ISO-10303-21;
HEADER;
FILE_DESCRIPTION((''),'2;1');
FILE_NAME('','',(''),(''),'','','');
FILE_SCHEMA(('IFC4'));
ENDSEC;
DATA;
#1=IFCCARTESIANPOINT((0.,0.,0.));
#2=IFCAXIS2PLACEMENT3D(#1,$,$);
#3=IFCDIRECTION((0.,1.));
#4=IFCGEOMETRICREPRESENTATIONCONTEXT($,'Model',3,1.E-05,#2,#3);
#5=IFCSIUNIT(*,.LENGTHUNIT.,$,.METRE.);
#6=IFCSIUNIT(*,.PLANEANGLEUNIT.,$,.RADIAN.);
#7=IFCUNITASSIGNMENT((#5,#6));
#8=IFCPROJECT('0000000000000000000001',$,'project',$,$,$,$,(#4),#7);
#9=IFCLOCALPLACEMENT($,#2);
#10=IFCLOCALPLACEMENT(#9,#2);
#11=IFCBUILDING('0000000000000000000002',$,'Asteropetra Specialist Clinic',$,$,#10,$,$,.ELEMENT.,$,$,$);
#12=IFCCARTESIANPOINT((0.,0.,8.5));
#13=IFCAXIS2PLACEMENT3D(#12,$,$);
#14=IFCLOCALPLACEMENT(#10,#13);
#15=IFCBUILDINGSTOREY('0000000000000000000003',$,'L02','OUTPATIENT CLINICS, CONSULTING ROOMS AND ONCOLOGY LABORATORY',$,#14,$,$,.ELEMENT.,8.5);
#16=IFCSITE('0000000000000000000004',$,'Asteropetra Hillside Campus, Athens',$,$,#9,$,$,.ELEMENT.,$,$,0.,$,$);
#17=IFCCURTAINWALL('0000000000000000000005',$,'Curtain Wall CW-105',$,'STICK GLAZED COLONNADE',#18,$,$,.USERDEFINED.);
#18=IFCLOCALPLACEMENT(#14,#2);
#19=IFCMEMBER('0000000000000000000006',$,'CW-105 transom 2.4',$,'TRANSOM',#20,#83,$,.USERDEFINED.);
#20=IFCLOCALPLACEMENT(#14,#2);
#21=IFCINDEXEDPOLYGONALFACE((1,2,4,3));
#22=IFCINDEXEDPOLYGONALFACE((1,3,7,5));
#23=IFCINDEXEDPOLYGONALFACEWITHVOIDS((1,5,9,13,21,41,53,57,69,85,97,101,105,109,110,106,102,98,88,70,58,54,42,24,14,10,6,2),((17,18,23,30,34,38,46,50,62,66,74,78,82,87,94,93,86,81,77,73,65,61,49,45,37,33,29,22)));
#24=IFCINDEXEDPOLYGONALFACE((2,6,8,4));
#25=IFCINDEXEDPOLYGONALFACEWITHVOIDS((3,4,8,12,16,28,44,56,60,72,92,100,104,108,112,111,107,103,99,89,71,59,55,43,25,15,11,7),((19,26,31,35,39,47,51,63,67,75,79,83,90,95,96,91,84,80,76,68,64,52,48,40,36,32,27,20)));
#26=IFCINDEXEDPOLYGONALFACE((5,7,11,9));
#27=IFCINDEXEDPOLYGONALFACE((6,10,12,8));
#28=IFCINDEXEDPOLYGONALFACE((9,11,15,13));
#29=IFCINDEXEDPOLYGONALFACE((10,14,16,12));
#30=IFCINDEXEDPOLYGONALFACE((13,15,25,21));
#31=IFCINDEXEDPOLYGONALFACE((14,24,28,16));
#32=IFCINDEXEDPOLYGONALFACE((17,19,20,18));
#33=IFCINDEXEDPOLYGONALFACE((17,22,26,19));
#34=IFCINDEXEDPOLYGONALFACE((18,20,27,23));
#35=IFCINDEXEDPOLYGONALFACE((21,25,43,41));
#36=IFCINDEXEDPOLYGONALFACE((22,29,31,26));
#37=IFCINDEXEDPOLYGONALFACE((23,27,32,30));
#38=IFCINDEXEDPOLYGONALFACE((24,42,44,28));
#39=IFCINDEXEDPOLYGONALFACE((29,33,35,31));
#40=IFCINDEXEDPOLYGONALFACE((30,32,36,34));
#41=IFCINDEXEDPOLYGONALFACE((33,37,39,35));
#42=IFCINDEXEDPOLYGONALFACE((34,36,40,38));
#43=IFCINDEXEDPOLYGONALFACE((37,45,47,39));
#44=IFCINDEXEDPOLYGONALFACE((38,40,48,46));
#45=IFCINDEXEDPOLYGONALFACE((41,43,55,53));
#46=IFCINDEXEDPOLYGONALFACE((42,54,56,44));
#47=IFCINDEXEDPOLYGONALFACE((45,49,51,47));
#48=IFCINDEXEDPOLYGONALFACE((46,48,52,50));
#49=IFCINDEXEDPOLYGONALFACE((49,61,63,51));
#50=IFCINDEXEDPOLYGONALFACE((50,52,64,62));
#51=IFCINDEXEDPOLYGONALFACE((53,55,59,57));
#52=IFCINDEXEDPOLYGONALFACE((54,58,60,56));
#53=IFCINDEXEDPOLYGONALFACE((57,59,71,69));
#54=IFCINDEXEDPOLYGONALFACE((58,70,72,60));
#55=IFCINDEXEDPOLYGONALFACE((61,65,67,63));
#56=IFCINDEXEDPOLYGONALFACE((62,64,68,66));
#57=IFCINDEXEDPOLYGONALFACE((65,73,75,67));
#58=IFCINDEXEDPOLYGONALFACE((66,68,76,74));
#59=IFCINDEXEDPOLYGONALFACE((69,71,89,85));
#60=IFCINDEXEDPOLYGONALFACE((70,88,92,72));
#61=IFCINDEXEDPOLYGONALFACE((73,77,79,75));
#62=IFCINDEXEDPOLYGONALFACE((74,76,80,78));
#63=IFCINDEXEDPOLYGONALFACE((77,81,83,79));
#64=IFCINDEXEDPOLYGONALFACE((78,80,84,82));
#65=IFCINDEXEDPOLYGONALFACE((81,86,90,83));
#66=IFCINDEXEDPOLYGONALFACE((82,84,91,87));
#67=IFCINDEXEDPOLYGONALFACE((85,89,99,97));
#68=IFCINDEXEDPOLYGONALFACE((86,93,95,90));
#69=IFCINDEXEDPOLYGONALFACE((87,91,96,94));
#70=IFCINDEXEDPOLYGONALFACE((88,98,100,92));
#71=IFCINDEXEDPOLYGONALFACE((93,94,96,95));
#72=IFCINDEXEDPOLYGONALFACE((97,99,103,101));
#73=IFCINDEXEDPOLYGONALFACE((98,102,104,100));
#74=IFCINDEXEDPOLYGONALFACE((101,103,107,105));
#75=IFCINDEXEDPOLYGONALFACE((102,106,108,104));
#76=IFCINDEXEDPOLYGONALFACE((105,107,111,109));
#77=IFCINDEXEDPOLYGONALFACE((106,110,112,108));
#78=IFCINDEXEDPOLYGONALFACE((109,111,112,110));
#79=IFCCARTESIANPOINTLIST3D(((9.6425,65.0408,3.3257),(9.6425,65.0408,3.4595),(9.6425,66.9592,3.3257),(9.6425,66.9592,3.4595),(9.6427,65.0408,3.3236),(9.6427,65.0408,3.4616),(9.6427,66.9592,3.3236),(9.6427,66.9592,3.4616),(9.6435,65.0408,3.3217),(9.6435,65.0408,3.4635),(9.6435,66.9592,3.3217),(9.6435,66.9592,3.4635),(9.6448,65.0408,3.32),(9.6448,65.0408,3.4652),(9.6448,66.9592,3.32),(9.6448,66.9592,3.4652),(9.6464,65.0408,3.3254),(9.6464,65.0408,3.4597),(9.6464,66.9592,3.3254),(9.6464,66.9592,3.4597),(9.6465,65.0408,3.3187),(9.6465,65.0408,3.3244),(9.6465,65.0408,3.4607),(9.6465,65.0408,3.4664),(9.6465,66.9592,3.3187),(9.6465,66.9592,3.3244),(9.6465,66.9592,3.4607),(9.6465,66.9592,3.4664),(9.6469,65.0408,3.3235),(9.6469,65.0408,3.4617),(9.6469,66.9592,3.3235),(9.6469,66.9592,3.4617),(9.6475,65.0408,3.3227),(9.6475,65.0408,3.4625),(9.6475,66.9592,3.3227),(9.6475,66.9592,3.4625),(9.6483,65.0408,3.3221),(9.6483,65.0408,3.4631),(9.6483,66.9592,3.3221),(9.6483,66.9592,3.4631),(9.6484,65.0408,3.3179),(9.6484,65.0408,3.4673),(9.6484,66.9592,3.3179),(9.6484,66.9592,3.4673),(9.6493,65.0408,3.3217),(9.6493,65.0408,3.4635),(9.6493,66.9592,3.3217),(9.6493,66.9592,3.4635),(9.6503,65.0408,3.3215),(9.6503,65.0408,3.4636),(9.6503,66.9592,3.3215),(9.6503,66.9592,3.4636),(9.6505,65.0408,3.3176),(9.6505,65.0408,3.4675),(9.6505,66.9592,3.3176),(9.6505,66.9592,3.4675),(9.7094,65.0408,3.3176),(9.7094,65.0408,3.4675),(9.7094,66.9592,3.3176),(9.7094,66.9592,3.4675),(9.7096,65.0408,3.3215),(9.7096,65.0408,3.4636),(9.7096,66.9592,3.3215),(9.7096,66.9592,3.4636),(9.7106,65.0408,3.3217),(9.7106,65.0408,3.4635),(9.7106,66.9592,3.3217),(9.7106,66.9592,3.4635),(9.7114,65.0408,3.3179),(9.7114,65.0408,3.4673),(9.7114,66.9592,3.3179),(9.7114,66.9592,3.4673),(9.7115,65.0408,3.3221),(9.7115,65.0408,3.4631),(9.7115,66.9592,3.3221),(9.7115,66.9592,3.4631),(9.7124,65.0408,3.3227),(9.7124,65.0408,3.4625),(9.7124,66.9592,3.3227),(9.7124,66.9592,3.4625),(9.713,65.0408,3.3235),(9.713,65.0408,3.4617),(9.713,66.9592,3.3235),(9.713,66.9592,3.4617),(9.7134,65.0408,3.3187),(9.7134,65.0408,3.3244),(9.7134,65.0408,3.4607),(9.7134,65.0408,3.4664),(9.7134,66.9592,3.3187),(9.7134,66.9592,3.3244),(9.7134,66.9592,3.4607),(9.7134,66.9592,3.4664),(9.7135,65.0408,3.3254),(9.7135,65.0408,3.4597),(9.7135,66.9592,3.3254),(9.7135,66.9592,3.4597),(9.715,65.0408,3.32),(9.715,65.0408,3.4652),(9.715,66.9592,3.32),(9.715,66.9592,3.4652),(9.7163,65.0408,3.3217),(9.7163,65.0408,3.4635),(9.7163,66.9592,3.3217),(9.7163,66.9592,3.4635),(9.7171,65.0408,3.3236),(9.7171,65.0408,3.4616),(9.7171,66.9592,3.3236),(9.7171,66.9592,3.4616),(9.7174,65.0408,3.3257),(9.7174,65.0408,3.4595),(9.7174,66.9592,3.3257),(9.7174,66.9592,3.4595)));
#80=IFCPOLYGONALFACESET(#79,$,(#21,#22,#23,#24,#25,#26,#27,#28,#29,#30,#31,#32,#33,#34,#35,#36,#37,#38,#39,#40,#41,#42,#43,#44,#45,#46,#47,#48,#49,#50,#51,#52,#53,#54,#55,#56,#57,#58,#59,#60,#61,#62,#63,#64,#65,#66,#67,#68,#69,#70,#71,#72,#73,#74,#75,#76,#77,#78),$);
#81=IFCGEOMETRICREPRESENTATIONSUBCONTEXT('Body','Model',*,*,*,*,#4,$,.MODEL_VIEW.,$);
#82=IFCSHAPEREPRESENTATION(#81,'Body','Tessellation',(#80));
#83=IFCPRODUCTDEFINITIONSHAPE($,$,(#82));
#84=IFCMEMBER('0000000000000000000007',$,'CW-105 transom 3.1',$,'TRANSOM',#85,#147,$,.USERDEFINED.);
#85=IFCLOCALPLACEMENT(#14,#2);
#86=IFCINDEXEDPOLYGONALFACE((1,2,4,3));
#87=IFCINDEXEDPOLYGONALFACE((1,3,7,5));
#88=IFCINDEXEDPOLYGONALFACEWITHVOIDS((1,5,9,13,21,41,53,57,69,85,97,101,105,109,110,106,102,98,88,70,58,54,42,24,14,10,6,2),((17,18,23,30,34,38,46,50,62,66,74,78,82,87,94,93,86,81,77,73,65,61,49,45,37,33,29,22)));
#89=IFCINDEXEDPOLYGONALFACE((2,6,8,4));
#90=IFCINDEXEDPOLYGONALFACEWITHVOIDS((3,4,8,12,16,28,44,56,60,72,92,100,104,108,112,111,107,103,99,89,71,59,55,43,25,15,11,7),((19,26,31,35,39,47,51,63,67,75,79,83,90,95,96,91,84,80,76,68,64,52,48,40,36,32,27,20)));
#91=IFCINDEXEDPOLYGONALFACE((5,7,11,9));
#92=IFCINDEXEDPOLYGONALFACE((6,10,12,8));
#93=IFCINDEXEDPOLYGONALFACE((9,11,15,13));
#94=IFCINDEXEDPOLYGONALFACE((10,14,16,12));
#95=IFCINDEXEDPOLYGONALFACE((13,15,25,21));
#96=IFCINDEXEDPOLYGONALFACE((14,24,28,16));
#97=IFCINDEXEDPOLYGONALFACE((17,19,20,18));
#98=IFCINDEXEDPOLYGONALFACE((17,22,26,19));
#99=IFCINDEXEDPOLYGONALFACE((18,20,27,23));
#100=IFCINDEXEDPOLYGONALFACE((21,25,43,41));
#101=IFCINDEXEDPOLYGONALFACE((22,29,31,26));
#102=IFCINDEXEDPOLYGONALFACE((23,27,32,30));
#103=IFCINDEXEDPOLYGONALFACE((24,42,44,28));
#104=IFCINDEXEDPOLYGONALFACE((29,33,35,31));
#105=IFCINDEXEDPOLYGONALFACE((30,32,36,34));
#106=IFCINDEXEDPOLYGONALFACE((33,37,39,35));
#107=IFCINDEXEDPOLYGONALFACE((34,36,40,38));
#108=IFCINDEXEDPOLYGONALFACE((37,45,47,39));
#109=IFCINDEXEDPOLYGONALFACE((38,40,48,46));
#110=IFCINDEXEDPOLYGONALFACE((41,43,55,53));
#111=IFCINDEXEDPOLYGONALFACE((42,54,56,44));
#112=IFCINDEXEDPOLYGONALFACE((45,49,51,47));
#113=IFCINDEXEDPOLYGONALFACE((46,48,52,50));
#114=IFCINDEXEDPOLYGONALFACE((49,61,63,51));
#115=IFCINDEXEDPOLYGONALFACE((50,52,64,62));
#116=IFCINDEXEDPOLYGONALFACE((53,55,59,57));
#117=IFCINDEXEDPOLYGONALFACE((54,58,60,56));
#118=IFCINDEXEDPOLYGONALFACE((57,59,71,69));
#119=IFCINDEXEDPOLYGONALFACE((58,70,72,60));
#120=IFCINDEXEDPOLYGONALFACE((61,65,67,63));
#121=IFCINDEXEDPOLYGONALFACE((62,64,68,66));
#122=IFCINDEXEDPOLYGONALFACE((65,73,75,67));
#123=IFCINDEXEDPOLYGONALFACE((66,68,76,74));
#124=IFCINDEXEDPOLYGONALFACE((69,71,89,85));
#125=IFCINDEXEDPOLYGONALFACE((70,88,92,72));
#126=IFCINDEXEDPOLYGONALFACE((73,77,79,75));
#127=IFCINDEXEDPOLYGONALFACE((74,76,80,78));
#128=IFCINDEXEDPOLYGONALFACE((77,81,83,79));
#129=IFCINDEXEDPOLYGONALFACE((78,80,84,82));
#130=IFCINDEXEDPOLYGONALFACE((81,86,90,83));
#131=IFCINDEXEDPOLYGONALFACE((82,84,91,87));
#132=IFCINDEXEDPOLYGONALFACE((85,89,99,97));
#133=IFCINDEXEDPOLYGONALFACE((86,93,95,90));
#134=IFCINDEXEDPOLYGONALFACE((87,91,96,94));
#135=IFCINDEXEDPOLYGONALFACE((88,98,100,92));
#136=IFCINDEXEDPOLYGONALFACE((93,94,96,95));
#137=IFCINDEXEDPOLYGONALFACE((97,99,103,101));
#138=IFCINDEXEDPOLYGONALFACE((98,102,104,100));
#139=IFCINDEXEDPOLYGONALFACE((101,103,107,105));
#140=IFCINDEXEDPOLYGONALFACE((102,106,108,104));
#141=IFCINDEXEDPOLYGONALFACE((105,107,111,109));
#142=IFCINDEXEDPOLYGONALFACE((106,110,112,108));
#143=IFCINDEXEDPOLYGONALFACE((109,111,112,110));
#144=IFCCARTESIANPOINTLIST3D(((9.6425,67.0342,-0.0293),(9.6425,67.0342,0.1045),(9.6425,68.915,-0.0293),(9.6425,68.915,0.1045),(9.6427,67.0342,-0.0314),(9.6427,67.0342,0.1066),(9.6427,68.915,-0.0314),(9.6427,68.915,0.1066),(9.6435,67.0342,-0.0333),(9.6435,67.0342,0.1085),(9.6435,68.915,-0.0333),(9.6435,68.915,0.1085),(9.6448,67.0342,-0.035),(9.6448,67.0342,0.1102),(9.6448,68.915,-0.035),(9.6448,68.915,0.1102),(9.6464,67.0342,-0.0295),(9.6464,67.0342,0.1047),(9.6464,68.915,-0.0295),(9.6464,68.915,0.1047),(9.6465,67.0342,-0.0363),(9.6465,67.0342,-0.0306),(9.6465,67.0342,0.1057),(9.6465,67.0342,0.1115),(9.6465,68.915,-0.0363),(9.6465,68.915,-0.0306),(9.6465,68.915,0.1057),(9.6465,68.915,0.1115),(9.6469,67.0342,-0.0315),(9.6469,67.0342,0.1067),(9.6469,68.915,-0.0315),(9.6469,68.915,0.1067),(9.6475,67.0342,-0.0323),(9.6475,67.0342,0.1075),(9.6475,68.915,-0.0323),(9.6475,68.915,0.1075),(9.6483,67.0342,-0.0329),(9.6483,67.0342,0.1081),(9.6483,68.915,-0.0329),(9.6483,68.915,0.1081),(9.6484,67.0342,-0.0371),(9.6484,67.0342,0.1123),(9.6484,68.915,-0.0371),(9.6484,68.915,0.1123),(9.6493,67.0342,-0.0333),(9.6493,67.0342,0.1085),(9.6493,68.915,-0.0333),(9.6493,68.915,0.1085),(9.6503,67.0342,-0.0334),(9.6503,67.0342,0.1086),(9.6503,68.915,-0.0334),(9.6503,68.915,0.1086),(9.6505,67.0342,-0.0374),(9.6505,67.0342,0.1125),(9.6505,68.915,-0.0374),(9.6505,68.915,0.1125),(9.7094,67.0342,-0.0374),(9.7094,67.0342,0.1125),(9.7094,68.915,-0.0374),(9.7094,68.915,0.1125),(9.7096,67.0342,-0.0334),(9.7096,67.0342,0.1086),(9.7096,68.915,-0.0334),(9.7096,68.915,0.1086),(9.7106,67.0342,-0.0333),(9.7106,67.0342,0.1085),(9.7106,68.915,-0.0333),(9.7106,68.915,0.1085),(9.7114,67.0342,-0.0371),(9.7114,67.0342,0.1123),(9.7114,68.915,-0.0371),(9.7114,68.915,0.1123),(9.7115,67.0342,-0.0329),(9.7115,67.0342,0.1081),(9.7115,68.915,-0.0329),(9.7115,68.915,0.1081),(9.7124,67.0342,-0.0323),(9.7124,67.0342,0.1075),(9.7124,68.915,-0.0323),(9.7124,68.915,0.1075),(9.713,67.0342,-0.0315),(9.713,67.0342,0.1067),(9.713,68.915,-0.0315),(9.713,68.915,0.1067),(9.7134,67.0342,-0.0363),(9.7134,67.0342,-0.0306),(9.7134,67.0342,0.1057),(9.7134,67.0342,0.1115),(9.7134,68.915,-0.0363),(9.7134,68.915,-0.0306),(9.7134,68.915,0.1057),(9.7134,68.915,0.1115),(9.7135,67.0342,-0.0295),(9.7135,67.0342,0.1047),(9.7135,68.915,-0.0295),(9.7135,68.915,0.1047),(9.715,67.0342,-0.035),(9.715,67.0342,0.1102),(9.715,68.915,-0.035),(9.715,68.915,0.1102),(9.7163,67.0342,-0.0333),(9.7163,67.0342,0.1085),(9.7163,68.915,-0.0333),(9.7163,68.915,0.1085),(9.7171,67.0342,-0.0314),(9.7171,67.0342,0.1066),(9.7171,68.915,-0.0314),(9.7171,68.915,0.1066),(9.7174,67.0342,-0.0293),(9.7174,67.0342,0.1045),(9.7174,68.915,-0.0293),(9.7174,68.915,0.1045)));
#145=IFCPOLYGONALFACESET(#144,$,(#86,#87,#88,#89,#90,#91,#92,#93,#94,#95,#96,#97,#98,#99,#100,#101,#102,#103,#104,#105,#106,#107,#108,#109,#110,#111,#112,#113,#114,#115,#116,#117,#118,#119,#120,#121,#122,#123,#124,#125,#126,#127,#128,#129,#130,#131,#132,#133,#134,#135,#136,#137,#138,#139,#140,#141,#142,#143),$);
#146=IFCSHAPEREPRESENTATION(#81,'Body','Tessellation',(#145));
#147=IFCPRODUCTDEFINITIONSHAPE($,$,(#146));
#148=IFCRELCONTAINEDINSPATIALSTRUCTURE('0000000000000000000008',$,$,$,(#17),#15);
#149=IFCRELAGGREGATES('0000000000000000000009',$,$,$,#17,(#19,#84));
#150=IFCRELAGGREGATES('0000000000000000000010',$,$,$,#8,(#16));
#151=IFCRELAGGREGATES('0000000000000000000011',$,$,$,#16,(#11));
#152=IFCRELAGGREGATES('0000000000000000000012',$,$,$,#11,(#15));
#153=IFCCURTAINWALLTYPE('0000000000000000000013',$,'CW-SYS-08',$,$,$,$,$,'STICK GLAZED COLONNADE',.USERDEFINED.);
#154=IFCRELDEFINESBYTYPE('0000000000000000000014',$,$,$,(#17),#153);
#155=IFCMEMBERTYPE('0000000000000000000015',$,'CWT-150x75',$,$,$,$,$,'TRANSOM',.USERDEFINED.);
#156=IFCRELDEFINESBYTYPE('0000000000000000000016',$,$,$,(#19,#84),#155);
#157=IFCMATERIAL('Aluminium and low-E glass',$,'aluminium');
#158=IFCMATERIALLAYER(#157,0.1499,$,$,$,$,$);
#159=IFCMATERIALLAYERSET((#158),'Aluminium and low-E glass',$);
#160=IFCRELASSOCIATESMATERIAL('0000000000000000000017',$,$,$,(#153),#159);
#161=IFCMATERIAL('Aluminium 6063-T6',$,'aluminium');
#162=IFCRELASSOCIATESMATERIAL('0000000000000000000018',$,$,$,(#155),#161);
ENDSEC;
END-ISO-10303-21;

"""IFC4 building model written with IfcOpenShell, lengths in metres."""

from ifc_helpers import new_model, si_unit, direction, frame, origin, origin_2d, place, context, subcontext, project, spatial, hollow_rectangle, extrude, material, layer, layer_set, material_profile, profile_set, type_object, element, aggregate, save


model = new_model("IFC4")

# Units and contexts
model_context = context("Model", 3, precision=1e-05, world=origin(), true_north=direction((0.0, 1.0)))
body_context = subcontext(model_context, "Body", "Model", "MODEL_VIEW")
ifc_project = project(units=[si_unit("LENGTHUNIT", "METRE"), si_unit("PLANEANGLEUNIT", "RADIAN")], contexts=[model_context])

# Site, building, storey
site_placement = place(None, origin())
site = spatial("IfcSite", under=ifc_project, at=site_placement, Name="Asteropetra Hillside Campus, Athens", CompositionType="ELEMENT", RefElevation=0.0)
building_placement = place(site_placement, origin())
building = spatial("IfcBuilding", under=site, at=building_placement, Name="Asteropetra Specialist Clinic", CompositionType="ELEMENT")
storey_placement = place(building_placement, frame((0.0, 0.0, 8.5)))
storey = spatial("IfcBuildingStorey", under=building, at=storey_placement, Name="L02", Description="OUTPATIENT CLINICS, CONSULTING ROOMS AND ONCOLOGY LABORATORY", CompositionType="ELEMENT", Elevation=8.5)

# Curtain wall, members
ifc_material_1 = material(Name="Aluminium and low-E glass", Category="aluminium")
ifc_layer_1 = layer(ifc_material_1, 0.1499)
ifc_layer_set_1 = layer_set([ifc_layer_1], Name="Aluminium and low-E glass")
curtain_wall_type = type_object("IfcCurtainWallType", Name="CW-SYS-08", ElementType="STICK GLAZED COLONNADE", PredefinedType="USERDEFINED", material=ifc_layer_set_1)
curtain_wall_placement = place(storey_placement, origin())
curtain_wall = element("IfcCurtainWall", 1, at=curtain_wall_placement, inside=storey, type_object=curtain_wall_type, Name="Curtain Wall CW-105", ObjectType="STICK GLAZED COLONNADE", PredefinedType="USERDEFINED")
ifc_material_2 = material(Name="Aluminium 6063-T6", Category="aluminium")
ifc_material_profile_1 = material_profile(ifc_material_2, hollow_rectangle(XDim=0.075, YDim=0.1499, WallThickness=0.0039, InnerFilletRadius=0.0039, OuterFilletRadius=0.0081, at=origin_2d()), Name="TRN 150x75x4.0")
ifc_profile_set_1 = profile_set([ifc_material_profile_1], Name="Aluminium 6063-T6")
member_type_1 = type_object("IfcMemberType", Name="CWT-150x75", ElementType="TRANSOM", PredefinedType="USERDEFINED", material=ifc_profile_set_1)
member_1_placement = place(storey_placement, frame((9.6799, 65.0408, 3.3926), z_axis=(0.0, 1.0, 0.0), x_axis=(-1.0, 0.0, 0.0)))
member_1 = element("IfcMember", 2, at=member_1_placement, type_object=member_type_1, Name="CW-105 transom 2.4", ObjectType="TRANSOM", PredefinedType="USERDEFINED", context=body_context, shape_type="SweptSolid", body=[
    extrude(hollow_rectangle(XDim=0.075, YDim=0.1499, WallThickness=0.0039, InnerFilletRadius=0.0039, OuterFilletRadius=0.0081, at=origin_2d()), origin(), (0.0, 0.0, 1.0), 1.9185),
])
member_2_placement = place(storey_placement, frame((9.6799, 67.0342, 0.0376), z_axis=(0.0, 1.0, 0.0), x_axis=(-1.0, 0.0, 0.0)))
member_2 = element("IfcMember", 3, at=member_2_placement, type_object=member_type_1, Name="CW-105 transom 3.1", ObjectType="TRANSOM", PredefinedType="USERDEFINED", context=body_context, shape_type="SweptSolid", body=[
    extrude(hollow_rectangle(XDim=0.075, YDim=0.1499, WallThickness=0.0039, InnerFilletRadius=0.0039, OuterFilletRadius=0.0081, at=origin_2d()), origin(), (0.0, 0.0, 1.0), 1.8809),
])

aggregate(curtain_wall, [member_1, member_2])

save(model, "model.ifc")
